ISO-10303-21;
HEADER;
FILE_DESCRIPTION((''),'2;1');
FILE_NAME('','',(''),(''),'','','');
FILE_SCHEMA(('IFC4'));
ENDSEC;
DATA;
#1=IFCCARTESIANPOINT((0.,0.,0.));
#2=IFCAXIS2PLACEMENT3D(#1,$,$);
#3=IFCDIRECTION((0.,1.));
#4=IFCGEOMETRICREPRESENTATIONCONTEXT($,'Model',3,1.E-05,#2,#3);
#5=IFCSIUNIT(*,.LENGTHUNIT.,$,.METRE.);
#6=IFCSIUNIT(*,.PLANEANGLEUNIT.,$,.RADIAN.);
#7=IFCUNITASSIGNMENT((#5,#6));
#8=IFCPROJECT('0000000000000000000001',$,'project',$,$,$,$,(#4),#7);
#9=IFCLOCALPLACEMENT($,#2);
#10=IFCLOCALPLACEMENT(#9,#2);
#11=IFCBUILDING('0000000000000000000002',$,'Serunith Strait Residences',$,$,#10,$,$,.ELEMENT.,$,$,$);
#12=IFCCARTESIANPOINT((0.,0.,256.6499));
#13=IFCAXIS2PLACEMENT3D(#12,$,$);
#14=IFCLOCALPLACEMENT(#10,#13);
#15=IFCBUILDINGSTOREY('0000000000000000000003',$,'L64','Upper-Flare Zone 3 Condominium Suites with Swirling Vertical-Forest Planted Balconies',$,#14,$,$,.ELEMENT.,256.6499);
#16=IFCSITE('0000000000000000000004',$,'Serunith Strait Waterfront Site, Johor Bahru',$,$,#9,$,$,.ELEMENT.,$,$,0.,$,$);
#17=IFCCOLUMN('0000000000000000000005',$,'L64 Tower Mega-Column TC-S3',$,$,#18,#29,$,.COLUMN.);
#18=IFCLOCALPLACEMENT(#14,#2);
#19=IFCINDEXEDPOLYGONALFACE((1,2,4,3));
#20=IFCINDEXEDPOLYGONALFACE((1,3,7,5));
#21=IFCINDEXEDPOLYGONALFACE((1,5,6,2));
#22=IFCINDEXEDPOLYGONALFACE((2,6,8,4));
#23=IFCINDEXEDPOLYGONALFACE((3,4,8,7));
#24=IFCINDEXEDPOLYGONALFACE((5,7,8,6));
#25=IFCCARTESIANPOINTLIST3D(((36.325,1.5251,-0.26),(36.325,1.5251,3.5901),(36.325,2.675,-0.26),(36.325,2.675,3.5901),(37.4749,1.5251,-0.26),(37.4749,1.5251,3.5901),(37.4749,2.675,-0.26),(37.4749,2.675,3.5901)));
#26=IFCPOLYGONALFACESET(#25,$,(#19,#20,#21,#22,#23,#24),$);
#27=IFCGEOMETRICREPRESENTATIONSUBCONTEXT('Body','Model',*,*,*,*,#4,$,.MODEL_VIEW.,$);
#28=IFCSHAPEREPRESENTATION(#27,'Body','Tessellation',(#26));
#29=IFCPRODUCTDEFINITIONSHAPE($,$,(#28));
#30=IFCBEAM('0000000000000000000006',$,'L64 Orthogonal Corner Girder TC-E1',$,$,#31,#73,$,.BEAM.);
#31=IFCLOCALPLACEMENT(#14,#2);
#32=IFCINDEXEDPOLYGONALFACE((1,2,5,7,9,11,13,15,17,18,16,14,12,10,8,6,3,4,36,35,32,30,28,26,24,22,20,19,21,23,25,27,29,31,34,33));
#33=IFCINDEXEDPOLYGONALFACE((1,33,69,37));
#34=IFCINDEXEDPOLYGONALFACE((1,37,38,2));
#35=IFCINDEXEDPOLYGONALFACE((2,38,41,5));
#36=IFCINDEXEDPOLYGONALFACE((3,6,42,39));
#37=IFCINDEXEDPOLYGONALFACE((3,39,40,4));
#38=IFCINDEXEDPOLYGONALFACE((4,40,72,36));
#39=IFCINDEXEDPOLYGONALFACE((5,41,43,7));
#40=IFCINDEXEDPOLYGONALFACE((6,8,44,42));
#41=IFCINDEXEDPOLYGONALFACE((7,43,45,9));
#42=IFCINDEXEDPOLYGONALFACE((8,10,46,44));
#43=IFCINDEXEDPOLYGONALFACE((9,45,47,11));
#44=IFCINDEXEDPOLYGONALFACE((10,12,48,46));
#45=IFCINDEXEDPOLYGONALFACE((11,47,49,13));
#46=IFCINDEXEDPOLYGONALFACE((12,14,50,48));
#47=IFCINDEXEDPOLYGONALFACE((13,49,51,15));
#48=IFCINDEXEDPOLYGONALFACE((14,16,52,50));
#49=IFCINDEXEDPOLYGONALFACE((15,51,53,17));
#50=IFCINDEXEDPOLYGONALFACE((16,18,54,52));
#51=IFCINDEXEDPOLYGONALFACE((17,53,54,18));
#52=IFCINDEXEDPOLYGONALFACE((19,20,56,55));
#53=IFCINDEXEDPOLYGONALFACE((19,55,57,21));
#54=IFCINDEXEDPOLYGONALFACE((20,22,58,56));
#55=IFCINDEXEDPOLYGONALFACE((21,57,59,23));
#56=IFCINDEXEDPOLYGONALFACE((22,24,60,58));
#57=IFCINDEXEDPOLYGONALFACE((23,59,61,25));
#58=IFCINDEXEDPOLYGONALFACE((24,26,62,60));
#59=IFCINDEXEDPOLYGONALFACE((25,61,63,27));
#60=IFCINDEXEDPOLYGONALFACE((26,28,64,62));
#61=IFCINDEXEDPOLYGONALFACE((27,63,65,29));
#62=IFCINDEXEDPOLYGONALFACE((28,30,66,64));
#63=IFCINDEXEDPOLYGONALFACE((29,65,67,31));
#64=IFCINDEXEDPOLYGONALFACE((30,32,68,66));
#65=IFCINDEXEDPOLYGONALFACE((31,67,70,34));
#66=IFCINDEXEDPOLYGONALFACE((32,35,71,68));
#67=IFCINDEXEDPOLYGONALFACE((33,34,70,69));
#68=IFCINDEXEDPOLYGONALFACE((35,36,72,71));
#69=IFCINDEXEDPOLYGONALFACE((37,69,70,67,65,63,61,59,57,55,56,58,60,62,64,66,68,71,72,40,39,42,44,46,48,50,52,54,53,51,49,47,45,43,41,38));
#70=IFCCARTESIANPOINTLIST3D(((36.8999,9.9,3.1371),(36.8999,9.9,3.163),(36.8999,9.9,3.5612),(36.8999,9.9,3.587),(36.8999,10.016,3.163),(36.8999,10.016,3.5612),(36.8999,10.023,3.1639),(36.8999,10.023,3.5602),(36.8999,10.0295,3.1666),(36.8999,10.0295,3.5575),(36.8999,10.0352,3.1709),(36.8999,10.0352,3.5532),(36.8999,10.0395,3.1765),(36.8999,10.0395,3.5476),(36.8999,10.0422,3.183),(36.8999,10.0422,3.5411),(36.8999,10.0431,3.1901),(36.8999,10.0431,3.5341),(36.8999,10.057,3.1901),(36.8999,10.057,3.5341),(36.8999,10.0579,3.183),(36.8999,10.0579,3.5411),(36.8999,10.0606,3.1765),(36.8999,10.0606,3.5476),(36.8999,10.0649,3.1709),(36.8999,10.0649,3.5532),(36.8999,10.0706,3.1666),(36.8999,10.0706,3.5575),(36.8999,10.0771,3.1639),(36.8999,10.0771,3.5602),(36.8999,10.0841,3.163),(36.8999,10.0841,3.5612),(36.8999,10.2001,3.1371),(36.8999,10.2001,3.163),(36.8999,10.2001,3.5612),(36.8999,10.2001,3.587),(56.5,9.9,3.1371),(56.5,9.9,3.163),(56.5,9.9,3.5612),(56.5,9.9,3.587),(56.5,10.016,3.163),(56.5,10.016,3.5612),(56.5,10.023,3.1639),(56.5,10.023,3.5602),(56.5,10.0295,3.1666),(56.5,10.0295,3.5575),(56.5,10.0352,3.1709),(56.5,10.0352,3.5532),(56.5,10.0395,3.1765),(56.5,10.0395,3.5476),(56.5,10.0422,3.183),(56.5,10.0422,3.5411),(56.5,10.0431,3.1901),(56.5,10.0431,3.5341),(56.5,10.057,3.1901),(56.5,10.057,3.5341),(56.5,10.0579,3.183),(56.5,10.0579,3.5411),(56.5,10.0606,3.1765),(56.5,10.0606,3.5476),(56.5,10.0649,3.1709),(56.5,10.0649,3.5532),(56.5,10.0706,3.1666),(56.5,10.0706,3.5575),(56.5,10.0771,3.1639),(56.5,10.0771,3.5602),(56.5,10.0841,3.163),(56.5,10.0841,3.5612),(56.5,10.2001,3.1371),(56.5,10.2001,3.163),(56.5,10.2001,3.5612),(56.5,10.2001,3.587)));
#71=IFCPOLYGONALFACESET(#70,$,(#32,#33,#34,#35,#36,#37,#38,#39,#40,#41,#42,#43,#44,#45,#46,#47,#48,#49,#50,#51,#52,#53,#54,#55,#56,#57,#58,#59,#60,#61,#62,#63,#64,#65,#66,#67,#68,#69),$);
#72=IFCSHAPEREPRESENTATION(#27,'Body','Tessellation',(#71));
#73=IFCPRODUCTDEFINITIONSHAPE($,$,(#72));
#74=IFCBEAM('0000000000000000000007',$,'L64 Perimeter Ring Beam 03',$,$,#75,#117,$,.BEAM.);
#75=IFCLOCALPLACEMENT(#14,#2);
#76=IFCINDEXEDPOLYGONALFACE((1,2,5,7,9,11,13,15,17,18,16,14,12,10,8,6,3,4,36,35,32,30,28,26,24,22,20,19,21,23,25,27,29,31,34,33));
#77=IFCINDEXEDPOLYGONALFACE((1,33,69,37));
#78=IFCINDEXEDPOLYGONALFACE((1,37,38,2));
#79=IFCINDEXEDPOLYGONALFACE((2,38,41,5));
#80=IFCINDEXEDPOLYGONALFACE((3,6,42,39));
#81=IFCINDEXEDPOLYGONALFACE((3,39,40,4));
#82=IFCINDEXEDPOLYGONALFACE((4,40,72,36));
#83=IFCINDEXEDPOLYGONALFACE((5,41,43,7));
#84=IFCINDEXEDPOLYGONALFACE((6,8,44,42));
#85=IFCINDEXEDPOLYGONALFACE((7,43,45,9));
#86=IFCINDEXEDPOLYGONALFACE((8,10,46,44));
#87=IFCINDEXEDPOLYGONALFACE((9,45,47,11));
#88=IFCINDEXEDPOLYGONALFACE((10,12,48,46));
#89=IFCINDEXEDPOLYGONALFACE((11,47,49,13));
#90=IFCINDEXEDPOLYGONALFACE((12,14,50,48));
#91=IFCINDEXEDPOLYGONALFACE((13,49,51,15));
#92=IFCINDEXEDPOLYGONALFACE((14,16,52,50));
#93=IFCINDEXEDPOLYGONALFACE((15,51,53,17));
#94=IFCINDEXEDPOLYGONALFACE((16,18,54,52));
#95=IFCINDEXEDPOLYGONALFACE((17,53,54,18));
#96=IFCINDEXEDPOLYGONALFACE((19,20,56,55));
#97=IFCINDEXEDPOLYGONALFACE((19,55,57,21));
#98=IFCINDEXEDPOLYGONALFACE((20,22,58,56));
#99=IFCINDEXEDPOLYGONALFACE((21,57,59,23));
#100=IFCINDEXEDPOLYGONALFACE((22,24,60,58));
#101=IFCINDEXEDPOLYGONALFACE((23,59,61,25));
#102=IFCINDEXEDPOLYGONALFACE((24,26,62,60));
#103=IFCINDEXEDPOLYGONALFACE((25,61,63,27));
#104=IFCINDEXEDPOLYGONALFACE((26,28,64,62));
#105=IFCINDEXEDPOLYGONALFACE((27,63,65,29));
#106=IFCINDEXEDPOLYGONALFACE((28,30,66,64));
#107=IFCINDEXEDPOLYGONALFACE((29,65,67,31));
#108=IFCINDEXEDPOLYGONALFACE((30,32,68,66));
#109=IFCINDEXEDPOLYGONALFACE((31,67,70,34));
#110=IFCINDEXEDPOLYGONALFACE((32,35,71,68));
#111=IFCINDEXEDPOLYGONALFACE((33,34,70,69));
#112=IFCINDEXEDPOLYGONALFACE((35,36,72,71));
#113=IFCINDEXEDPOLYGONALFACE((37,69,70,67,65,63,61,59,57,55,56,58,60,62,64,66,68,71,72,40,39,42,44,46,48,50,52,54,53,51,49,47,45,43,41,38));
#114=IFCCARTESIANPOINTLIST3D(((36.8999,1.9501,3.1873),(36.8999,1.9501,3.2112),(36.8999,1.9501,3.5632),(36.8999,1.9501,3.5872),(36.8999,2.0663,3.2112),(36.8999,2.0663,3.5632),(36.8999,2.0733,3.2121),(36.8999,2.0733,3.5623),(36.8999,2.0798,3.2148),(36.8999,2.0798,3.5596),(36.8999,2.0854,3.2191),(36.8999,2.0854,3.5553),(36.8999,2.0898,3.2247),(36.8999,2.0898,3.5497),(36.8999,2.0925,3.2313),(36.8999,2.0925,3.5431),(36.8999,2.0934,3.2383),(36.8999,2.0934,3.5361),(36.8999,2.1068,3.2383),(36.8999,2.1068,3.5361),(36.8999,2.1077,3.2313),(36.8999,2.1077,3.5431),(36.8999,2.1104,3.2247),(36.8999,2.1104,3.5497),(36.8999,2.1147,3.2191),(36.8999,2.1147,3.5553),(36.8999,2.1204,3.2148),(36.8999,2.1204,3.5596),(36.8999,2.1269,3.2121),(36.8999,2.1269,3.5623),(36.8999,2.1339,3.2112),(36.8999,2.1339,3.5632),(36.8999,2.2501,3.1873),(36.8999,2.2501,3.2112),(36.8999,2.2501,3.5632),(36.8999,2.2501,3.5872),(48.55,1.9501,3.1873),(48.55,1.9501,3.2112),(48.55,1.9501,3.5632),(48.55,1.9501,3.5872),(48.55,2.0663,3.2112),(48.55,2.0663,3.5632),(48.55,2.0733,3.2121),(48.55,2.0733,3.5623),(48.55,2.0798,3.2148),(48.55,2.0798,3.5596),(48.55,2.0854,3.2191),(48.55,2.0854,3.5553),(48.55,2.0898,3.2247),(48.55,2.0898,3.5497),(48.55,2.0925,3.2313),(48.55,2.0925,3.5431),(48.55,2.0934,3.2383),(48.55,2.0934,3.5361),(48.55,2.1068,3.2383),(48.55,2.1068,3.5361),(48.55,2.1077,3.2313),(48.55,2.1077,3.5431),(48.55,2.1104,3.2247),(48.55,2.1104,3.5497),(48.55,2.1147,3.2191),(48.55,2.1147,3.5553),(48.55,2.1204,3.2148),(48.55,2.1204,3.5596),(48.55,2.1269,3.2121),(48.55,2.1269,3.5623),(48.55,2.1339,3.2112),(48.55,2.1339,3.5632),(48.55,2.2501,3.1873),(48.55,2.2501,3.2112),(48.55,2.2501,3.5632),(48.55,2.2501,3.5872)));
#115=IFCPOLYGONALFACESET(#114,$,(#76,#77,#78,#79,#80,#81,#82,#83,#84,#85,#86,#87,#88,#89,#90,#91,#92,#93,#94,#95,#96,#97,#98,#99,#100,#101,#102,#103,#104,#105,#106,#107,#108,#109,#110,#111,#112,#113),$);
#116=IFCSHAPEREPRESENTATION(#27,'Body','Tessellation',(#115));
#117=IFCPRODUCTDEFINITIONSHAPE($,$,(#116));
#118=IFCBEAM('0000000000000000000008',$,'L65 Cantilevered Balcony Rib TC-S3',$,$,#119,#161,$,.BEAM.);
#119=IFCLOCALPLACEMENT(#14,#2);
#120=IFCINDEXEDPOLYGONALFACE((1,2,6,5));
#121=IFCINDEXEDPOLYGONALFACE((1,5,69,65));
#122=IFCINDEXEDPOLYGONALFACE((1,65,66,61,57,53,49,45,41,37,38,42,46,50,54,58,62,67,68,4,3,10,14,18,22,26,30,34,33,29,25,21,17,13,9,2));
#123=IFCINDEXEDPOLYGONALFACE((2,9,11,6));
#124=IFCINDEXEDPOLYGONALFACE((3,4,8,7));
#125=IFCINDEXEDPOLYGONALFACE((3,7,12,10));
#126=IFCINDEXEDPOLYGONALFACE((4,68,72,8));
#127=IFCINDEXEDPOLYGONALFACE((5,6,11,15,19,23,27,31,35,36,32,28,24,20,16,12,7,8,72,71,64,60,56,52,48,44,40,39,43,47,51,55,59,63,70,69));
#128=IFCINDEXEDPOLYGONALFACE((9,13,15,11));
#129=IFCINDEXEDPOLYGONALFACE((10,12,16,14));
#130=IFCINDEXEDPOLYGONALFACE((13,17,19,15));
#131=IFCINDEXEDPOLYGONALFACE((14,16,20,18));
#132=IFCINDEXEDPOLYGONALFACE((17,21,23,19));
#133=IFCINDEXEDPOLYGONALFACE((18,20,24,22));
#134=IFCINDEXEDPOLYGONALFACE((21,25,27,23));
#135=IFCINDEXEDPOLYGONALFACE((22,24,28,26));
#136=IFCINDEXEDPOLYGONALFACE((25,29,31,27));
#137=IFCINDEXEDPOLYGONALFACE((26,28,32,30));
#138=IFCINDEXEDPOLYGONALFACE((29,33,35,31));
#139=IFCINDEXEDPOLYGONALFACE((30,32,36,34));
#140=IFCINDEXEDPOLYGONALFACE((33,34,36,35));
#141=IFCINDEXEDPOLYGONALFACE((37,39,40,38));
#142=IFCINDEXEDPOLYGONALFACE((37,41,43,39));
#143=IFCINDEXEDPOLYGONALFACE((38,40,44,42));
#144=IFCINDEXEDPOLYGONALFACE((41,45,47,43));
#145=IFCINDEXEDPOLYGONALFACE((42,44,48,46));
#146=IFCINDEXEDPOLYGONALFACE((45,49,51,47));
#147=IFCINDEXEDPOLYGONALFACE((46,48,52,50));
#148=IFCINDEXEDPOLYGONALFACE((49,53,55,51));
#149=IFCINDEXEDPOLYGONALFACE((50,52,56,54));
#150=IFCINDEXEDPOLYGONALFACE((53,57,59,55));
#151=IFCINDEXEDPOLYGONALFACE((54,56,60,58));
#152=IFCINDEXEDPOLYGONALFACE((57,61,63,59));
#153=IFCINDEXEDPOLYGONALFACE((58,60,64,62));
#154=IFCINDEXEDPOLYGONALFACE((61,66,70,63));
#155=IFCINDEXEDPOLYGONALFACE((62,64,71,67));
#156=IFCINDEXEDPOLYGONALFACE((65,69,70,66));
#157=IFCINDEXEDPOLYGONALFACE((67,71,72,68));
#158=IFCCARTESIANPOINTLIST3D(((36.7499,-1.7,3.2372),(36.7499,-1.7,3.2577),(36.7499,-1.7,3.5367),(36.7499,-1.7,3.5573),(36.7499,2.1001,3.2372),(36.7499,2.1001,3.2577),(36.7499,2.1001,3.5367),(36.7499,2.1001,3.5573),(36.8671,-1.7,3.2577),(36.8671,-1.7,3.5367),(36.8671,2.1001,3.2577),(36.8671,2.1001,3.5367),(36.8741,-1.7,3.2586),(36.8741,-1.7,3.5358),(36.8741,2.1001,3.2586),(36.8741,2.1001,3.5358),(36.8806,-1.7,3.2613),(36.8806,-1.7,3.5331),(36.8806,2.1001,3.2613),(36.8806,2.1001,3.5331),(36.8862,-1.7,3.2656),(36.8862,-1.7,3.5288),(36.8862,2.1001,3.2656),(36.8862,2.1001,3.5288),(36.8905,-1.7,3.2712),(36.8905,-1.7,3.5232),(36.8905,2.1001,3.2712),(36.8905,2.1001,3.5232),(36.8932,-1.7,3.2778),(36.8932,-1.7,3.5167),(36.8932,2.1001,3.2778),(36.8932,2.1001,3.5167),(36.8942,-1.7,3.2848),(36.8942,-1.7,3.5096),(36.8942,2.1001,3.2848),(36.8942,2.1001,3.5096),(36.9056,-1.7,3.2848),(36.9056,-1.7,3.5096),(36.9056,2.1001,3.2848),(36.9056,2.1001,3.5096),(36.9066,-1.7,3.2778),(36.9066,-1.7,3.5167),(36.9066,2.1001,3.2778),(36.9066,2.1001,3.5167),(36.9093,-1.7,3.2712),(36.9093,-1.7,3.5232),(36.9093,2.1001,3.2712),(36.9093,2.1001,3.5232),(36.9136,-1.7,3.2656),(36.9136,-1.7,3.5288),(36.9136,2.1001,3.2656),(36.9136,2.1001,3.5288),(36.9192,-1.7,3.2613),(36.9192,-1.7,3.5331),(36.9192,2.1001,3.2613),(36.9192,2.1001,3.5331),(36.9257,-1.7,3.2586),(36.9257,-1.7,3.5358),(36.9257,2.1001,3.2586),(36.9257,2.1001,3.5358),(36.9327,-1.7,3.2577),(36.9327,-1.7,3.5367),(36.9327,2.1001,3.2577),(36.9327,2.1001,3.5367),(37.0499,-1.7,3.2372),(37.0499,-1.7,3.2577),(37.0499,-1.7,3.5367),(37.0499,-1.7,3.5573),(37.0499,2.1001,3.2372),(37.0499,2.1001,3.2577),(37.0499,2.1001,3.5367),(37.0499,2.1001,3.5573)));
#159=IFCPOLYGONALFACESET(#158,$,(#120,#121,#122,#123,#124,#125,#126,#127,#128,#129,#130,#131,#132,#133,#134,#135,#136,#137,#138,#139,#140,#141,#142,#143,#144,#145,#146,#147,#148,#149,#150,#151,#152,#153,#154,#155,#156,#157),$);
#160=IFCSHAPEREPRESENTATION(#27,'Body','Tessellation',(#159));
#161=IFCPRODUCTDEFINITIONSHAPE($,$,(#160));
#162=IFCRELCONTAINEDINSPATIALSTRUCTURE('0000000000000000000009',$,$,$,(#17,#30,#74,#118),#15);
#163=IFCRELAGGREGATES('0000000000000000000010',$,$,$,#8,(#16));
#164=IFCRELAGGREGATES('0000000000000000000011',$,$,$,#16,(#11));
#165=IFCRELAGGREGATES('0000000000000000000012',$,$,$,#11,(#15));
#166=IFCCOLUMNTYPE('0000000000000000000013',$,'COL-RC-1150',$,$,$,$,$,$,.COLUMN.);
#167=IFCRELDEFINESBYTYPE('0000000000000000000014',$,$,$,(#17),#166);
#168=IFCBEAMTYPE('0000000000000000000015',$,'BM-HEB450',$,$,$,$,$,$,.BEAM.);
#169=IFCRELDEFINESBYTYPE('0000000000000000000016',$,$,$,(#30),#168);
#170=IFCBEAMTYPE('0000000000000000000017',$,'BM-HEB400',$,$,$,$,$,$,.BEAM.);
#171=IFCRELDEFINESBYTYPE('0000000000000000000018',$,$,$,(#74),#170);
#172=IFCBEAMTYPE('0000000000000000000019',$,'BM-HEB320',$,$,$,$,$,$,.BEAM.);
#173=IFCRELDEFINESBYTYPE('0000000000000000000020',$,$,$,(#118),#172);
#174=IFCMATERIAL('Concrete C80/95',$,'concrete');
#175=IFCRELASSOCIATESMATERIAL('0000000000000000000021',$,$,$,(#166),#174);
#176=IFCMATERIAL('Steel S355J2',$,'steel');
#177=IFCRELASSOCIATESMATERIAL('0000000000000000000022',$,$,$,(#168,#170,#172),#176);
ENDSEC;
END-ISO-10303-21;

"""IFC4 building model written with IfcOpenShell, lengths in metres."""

from ifc_helpers import new_model, si_unit, direction, frame, origin, origin_2d, place, context, subcontext, project, spatial, rectangle, i_section, extrude, source, transform, mapped, material, material_profile, profile_set, type_object, element, save


model = new_model("IFC4")

# Units and contexts
model_context = context("Model", 3, precision=1e-05, world=origin(), true_north=direction((0.0, 1.0)))
body_context = subcontext(model_context, "Body", "Model", "MODEL_VIEW")
ifc_project = project(units=[si_unit("LENGTHUNIT", "METRE"), si_unit("PLANEANGLEUNIT", "RADIAN")], contexts=[model_context])

# Site, building, storey
site_placement = place(None, origin())
site = spatial("IfcSite", under=ifc_project, at=site_placement, Name="Serunith Strait Waterfront Site, Johor Bahru", CompositionType="ELEMENT", RefElevation=0.0)
building_placement = place(site_placement, origin())
building = spatial("IfcBuilding", under=site, at=building_placement, Name="Serunith Strait Residences", CompositionType="ELEMENT")
storey_placement = place(building_placement, frame((0.0, 0.0, 256.6499)))
storey = spatial("IfcBuildingStorey", under=building, at=storey_placement, Name="L64", Description="Upper-Flare Zone 3 Condominium Suites with Swirling Vertical-Forest Planted Balconies", CompositionType="ELEMENT", Elevation=256.6499)

# Column
ifc_material_1 = material(Name="Concrete C80/95", Category="concrete")
ifc_material_profile_1 = material_profile(ifc_material_1, rectangle(XDim=1.1499, YDim=1.1499, at=origin_2d()), Name="RC 1150x1150")
ifc_profile_set_1 = profile_set([ifc_material_profile_1], Name="Concrete C80/95")
column_type = type_object("IfcColumnType", Name="COL-RC-1150", PredefinedType="COLUMN", material=ifc_profile_set_1)
shared_shape_1 = source(origin(), body_context, "Body", "SweptSolid", [
    extrude(rectangle(XDim=1.1499, YDim=1.1499, at=origin_2d()), origin(), (0.0, 0.0, 1.0), 3.8501),
])
column_placement = place(storey_placement, frame((36.8999, 2.1001, -0.26), z_axis=(0.0, 0.0, 1.0), x_axis=(1.0, 0.0, 0.0)))
element("IfcColumn", 1, at=column_placement, inside=storey, type_object=column_type, Name="L64 Tower Mega-Column TC-S3", PredefinedType="COLUMN", context=body_context, shape_type="MappedRepresentation", body=[
    mapped(shared_shape_1, transform((0.0, 0.0, 0.0), scale=1.0)),
])

# Beams
ifc_material_2 = material(Name="Steel S355J2", Category="steel")
ifc_material_profile_2 = material_profile(ifc_material_2, i_section(OverallWidth=0.3, OverallDepth=0.45, WebThickness=0.0139, FlangeThickness=0.0259, FilletRadius=0.0271, at=origin_2d()), Name="HEB 450")
ifc_profile_set_2 = profile_set([ifc_material_profile_2], Name="Steel S355J2")
beam_type_1 = type_object("IfcBeamType", Name="BM-HEB450", PredefinedType="BEAM", material=ifc_profile_set_2)
shared_shape_2 = source(origin(), body_context, "Body", "SweptSolid", [
    extrude(i_section(OverallWidth=0.3, OverallDepth=0.45, WebThickness=0.0139, FlangeThickness=0.0259, FilletRadius=0.0271, at=origin_2d()), origin(), (0.0, 0.0, 1.0), 19.6001),
])
beam_1_placement = place(storey_placement, frame((36.8999, 10.05, 3.3621), z_axis=(1.0, 0.0, 0.0), x_axis=(0.0, 1.0, 0.0)))
element("IfcBeam", 2, at=beam_1_placement, inside=storey, type_object=beam_type_1, Name="L64 Orthogonal Corner Girder TC-E1", PredefinedType="BEAM", context=body_context, shape_type="MappedRepresentation", body=[
    mapped(shared_shape_2, transform((0.0, 0.0, 0.0), scale=1.0)),
])
ifc_material_profile_3 = material_profile(ifc_material_2, i_section(OverallWidth=0.3, OverallDepth=0.3999, WebThickness=0.0134, FlangeThickness=0.0239, FilletRadius=0.0271, at=origin_2d()), Name="HEB 400")
ifc_profile_set_3 = profile_set([ifc_material_profile_3], Name="Steel S355J2")
beam_type_2 = type_object("IfcBeamType", Name="BM-HEB400", PredefinedType="BEAM", material=ifc_profile_set_3)
shared_shape_3 = source(origin(), body_context, "Body", "SweptSolid", [
    extrude(i_section(OverallWidth=0.3, OverallDepth=0.3999, WebThickness=0.0134, FlangeThickness=0.0239, FilletRadius=0.0271, at=origin_2d()), origin(), (0.0, 0.0, 1.0), 11.6501),
])
beam_2_placement = place(storey_placement, frame((36.8999, 2.1001, 3.3872), z_axis=(1.0, 0.0, 0.0), x_axis=(0.0, 1.0, 0.0)))
element("IfcBeam", 3, at=beam_2_placement, inside=storey, type_object=beam_type_2, Name="L64 Perimeter Ring Beam 03", PredefinedType="BEAM", context=body_context, shape_type="MappedRepresentation", body=[
    mapped(shared_shape_3, transform((0.0, 0.0, 0.0), scale=1.0)),
])
ifc_material_profile_4 = material_profile(ifc_material_2, i_section(OverallWidth=0.3, OverallDepth=0.3201, WebThickness=0.0115, FlangeThickness=0.0205, FilletRadius=0.0271, at=origin_2d()), Name="HEB 320")
ifc_profile_set_4 = profile_set([ifc_material_profile_4], Name="Steel S355J2")
beam_type_3 = type_object("IfcBeamType", Name="BM-HEB320", PredefinedType="BEAM", material=ifc_profile_set_4)
shared_shape_4 = source(origin(), body_context, "Body", "SweptSolid", [
    extrude(i_section(OverallWidth=0.3, OverallDepth=0.3201, WebThickness=0.0115, FlangeThickness=0.0205, FilletRadius=0.0271, at=origin_2d()), origin(), (0.0, 0.0, 1.0), 3.8),
])
beam_3_placement = place(storey_placement, frame((36.8999, 2.1001, 3.3972), z_axis=(0.0, -1.0, 0.0), x_axis=(1.0, 0.0, 0.0)))
element("IfcBeam", 4, at=beam_3_placement, inside=storey, type_object=beam_type_3, Name="L65 Cantilevered Balcony Rib TC-S3", PredefinedType="BEAM", context=body_context, shape_type="MappedRepresentation", body=[
    mapped(shared_shape_4, transform((0.0, 0.0, 0.0), scale=1.0)),
])

save(model, "model.ifc")
